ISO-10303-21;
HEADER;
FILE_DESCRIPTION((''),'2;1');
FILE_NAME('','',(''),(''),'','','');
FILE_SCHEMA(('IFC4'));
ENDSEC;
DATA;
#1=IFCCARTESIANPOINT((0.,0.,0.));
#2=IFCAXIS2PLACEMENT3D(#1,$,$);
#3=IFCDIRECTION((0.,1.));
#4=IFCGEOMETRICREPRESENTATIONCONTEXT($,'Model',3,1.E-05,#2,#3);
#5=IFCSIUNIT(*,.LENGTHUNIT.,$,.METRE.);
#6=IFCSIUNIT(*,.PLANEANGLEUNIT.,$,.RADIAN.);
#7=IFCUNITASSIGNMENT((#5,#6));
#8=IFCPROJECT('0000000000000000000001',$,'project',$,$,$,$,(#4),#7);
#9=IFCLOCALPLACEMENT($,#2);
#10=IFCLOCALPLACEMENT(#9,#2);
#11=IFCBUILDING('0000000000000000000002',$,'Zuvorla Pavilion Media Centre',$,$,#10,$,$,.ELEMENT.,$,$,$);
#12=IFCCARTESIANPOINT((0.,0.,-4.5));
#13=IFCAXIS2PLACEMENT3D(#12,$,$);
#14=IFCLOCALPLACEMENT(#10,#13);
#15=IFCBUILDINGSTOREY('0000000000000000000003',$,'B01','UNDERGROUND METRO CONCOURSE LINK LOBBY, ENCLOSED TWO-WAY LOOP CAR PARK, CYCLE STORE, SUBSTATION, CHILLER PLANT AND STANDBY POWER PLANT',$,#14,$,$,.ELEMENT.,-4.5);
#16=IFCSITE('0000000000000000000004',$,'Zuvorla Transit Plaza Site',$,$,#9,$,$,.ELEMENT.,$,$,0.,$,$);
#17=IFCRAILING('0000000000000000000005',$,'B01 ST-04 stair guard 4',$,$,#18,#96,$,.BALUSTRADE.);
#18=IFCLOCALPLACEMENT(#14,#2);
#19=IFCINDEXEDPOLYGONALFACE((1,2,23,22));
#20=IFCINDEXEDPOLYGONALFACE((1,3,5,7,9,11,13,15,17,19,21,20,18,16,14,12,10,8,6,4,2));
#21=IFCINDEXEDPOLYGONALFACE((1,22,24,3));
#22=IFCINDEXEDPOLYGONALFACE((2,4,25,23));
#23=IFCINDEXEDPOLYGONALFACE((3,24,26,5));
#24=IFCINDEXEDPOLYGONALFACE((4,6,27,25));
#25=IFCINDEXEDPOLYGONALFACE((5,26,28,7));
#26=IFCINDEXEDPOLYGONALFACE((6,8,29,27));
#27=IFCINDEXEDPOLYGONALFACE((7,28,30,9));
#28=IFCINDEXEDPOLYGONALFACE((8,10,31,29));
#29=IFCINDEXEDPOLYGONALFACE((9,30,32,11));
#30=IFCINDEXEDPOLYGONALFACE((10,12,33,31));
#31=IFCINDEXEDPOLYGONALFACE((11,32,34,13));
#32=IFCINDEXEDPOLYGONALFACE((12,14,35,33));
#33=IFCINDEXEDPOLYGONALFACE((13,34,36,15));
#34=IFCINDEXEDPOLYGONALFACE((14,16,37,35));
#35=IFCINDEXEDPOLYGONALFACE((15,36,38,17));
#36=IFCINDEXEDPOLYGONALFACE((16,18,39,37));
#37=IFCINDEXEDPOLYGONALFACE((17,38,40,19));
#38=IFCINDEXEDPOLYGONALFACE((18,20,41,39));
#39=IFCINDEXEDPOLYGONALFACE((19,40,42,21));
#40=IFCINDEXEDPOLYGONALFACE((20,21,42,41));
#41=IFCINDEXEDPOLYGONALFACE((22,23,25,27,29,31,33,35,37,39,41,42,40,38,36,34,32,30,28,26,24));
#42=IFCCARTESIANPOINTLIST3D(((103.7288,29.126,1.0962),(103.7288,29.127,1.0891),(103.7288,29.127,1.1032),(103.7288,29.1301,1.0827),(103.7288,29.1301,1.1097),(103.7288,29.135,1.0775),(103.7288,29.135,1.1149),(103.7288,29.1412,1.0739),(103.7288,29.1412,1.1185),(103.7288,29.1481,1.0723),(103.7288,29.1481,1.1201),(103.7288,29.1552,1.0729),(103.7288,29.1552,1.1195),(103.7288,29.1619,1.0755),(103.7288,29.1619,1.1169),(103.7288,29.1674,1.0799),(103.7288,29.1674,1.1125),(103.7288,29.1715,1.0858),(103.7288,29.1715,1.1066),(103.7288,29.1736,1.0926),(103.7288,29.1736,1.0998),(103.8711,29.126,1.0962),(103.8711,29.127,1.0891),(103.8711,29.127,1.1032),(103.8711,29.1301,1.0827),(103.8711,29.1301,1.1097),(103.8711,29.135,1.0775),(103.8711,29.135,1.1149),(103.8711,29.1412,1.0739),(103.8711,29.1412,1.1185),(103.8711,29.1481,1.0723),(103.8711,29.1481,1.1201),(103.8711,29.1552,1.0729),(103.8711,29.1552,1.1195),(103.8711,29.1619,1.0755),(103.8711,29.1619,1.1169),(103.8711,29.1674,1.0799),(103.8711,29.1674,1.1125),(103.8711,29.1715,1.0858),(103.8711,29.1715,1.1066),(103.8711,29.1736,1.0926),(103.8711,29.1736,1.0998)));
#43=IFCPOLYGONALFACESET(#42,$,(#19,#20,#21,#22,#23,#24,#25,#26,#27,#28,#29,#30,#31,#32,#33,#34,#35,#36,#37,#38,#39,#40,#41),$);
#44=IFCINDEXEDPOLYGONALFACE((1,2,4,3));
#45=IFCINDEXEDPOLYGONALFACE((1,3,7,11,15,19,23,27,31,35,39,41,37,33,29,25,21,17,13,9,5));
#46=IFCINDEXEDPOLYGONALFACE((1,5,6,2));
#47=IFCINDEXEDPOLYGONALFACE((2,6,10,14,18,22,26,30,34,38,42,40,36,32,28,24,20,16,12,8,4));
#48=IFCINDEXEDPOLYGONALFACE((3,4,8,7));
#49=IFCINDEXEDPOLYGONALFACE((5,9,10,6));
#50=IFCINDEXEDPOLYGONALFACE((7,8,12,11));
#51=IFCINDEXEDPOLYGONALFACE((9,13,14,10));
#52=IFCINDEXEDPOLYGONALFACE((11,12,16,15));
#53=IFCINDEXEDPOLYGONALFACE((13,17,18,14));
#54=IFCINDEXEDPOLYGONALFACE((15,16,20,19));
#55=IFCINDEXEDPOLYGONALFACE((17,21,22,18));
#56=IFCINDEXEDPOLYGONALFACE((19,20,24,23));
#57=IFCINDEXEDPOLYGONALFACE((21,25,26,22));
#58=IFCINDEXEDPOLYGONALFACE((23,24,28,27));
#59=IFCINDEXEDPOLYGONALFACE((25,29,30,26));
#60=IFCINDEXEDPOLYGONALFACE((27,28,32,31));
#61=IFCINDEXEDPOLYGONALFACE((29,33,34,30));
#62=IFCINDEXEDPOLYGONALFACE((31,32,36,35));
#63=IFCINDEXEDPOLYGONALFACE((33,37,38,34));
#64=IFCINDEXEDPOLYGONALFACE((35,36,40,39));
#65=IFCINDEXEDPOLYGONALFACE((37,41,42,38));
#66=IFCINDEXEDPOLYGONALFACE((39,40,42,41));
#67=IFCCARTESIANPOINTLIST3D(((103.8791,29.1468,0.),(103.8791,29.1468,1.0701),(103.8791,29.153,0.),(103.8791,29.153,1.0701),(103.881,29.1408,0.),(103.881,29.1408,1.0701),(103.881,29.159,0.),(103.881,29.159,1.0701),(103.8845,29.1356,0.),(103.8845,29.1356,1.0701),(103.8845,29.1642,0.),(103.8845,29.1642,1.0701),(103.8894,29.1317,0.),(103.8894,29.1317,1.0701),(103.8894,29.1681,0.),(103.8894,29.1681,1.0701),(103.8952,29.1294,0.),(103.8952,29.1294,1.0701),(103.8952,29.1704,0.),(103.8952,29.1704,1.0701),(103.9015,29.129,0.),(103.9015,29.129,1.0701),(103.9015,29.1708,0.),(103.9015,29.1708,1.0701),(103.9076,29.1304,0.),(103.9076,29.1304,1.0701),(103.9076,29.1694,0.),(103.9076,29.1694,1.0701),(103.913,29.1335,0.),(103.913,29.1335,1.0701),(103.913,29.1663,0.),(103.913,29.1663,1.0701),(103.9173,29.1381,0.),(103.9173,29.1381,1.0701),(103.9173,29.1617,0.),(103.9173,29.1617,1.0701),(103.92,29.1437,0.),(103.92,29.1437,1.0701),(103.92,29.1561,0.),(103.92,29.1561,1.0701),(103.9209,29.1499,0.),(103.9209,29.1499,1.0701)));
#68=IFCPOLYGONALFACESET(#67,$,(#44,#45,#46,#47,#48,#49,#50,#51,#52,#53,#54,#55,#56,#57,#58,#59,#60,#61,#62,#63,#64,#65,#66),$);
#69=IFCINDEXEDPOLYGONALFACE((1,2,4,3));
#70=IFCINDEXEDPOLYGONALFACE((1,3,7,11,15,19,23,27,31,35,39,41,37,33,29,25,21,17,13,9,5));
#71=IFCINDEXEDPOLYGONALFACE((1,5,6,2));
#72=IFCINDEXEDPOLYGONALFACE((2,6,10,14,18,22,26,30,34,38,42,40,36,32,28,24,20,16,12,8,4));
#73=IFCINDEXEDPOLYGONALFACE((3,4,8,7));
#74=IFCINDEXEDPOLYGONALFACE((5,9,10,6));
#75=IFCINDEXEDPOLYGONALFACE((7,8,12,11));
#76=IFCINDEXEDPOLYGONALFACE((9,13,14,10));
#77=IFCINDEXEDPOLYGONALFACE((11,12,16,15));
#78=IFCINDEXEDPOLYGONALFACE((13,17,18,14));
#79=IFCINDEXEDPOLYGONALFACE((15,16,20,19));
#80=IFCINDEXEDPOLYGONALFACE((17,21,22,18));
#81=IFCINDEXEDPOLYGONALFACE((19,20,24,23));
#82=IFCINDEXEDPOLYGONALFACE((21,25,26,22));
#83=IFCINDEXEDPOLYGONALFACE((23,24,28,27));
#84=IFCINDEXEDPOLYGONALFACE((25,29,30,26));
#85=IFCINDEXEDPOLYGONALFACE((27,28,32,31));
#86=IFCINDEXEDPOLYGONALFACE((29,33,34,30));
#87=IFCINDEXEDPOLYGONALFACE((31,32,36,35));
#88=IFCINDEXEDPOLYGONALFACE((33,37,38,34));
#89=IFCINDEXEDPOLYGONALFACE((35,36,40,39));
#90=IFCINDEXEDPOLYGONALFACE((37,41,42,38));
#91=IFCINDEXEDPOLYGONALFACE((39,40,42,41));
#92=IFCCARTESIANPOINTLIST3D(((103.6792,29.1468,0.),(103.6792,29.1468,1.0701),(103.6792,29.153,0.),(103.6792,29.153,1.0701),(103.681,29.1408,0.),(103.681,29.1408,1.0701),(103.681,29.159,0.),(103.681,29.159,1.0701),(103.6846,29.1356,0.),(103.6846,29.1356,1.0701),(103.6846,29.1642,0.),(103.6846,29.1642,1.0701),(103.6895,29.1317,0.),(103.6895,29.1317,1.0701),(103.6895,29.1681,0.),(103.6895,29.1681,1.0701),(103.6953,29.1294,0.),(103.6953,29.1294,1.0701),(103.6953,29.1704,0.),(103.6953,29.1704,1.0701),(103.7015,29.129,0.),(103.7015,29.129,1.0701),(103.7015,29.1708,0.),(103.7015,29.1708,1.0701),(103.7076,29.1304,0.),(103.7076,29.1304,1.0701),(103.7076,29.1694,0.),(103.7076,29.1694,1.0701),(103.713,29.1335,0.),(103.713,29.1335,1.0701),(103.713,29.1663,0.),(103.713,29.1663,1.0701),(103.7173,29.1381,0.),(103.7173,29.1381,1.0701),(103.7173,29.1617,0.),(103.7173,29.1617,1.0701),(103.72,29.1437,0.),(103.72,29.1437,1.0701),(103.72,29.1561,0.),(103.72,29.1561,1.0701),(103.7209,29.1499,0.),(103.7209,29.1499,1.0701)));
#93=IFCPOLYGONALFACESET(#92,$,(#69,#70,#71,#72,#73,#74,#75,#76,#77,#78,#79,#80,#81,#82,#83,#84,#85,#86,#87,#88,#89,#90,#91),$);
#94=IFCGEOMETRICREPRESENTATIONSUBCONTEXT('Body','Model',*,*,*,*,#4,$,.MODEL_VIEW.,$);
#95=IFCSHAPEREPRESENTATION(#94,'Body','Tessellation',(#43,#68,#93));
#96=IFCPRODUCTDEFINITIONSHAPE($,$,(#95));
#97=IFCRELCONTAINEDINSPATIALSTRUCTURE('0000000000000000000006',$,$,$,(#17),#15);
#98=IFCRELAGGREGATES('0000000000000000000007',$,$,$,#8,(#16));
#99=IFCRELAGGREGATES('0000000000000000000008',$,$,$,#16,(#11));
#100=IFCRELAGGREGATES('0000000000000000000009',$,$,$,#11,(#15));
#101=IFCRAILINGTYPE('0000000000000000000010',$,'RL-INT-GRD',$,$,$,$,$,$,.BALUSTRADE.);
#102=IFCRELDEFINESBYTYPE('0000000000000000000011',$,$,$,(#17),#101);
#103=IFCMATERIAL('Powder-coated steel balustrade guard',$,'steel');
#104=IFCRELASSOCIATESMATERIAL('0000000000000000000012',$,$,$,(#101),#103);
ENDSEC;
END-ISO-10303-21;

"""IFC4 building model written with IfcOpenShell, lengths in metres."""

from ifc_helpers import new_model, si_unit, direction, frame, origin, origin_2d, place, context, subcontext, project, spatial, circle, extrude, material, type_object, element, save


model = new_model("IFC4")

# Units and contexts
model_context = context("Model", 3, precision=1e-05, world=origin(), true_north=direction((0.0, 1.0)))
body_context = subcontext(model_context, "Body", "Model", "MODEL_VIEW")
ifc_project = project(units=[si_unit("LENGTHUNIT", "METRE"), si_unit("PLANEANGLEUNIT", "RADIAN")], contexts=[model_context])

# Site, building, storey
site_placement = place(None, origin())
site = spatial("IfcSite", under=ifc_project, at=site_placement, Name="Zuvorla Transit Plaza Site", CompositionType="ELEMENT", RefElevation=0.0)
building_placement = place(site_placement, origin())
building = spatial("IfcBuilding", under=site, at=building_placement, Name="Zuvorla Pavilion Media Centre", CompositionType="ELEMENT")
storey_placement = place(building_placement, frame((0.0, 0.0, -4.5)))
storey = spatial("IfcBuildingStorey", under=building, at=storey_placement, Name="B01", Description="UNDERGROUND METRO CONCOURSE LINK LOBBY, ENCLOSED TWO-WAY LOOP CAR PARK, CYCLE STORE, SUBSTATION, CHILLER PLANT AND STANDBY POWER PLANT", CompositionType="ELEMENT", Elevation=-4.5)

# Railing
ifc_material_1 = material(Name="Powder-coated steel balustrade guard", Category="steel")
railing_type_1 = type_object("IfcRailingType", Name="RL-INT-GRD", PredefinedType="BALUSTRADE", material=ifc_material_1)
railing_1_placement = place(storey_placement, frame((103.8999, 29.1499, 0.0)))
element("IfcRailing", 1, at=railing_1_placement, inside=storey, type_object=railing_type_1, Name="B01 ST-04 stair guard 4", PredefinedType="BALUSTRADE", context=body_context, shape_type="SweptSolid", body=[
    extrude(circle(Radius=0.0239, at=origin_2d()), frame((-0.0288, 0.0, 1.0962), z_axis=(-1.0, 0.0, 0.0), x_axis=(0.0, -1.0, 0.0)), (0.0, 0.0, 1.0), 0.1423),
    extrude(circle(Radius=0.021, at=origin_2d()), origin(), (0.0, 0.0, 1.0), 1.0701),
    extrude(circle(Radius=0.021, at=origin_2d()), frame((-0.2, 0.0, 0.0)), (0.0, 0.0, 1.0), 1.0701),
])

save(model, "model.ifc")
